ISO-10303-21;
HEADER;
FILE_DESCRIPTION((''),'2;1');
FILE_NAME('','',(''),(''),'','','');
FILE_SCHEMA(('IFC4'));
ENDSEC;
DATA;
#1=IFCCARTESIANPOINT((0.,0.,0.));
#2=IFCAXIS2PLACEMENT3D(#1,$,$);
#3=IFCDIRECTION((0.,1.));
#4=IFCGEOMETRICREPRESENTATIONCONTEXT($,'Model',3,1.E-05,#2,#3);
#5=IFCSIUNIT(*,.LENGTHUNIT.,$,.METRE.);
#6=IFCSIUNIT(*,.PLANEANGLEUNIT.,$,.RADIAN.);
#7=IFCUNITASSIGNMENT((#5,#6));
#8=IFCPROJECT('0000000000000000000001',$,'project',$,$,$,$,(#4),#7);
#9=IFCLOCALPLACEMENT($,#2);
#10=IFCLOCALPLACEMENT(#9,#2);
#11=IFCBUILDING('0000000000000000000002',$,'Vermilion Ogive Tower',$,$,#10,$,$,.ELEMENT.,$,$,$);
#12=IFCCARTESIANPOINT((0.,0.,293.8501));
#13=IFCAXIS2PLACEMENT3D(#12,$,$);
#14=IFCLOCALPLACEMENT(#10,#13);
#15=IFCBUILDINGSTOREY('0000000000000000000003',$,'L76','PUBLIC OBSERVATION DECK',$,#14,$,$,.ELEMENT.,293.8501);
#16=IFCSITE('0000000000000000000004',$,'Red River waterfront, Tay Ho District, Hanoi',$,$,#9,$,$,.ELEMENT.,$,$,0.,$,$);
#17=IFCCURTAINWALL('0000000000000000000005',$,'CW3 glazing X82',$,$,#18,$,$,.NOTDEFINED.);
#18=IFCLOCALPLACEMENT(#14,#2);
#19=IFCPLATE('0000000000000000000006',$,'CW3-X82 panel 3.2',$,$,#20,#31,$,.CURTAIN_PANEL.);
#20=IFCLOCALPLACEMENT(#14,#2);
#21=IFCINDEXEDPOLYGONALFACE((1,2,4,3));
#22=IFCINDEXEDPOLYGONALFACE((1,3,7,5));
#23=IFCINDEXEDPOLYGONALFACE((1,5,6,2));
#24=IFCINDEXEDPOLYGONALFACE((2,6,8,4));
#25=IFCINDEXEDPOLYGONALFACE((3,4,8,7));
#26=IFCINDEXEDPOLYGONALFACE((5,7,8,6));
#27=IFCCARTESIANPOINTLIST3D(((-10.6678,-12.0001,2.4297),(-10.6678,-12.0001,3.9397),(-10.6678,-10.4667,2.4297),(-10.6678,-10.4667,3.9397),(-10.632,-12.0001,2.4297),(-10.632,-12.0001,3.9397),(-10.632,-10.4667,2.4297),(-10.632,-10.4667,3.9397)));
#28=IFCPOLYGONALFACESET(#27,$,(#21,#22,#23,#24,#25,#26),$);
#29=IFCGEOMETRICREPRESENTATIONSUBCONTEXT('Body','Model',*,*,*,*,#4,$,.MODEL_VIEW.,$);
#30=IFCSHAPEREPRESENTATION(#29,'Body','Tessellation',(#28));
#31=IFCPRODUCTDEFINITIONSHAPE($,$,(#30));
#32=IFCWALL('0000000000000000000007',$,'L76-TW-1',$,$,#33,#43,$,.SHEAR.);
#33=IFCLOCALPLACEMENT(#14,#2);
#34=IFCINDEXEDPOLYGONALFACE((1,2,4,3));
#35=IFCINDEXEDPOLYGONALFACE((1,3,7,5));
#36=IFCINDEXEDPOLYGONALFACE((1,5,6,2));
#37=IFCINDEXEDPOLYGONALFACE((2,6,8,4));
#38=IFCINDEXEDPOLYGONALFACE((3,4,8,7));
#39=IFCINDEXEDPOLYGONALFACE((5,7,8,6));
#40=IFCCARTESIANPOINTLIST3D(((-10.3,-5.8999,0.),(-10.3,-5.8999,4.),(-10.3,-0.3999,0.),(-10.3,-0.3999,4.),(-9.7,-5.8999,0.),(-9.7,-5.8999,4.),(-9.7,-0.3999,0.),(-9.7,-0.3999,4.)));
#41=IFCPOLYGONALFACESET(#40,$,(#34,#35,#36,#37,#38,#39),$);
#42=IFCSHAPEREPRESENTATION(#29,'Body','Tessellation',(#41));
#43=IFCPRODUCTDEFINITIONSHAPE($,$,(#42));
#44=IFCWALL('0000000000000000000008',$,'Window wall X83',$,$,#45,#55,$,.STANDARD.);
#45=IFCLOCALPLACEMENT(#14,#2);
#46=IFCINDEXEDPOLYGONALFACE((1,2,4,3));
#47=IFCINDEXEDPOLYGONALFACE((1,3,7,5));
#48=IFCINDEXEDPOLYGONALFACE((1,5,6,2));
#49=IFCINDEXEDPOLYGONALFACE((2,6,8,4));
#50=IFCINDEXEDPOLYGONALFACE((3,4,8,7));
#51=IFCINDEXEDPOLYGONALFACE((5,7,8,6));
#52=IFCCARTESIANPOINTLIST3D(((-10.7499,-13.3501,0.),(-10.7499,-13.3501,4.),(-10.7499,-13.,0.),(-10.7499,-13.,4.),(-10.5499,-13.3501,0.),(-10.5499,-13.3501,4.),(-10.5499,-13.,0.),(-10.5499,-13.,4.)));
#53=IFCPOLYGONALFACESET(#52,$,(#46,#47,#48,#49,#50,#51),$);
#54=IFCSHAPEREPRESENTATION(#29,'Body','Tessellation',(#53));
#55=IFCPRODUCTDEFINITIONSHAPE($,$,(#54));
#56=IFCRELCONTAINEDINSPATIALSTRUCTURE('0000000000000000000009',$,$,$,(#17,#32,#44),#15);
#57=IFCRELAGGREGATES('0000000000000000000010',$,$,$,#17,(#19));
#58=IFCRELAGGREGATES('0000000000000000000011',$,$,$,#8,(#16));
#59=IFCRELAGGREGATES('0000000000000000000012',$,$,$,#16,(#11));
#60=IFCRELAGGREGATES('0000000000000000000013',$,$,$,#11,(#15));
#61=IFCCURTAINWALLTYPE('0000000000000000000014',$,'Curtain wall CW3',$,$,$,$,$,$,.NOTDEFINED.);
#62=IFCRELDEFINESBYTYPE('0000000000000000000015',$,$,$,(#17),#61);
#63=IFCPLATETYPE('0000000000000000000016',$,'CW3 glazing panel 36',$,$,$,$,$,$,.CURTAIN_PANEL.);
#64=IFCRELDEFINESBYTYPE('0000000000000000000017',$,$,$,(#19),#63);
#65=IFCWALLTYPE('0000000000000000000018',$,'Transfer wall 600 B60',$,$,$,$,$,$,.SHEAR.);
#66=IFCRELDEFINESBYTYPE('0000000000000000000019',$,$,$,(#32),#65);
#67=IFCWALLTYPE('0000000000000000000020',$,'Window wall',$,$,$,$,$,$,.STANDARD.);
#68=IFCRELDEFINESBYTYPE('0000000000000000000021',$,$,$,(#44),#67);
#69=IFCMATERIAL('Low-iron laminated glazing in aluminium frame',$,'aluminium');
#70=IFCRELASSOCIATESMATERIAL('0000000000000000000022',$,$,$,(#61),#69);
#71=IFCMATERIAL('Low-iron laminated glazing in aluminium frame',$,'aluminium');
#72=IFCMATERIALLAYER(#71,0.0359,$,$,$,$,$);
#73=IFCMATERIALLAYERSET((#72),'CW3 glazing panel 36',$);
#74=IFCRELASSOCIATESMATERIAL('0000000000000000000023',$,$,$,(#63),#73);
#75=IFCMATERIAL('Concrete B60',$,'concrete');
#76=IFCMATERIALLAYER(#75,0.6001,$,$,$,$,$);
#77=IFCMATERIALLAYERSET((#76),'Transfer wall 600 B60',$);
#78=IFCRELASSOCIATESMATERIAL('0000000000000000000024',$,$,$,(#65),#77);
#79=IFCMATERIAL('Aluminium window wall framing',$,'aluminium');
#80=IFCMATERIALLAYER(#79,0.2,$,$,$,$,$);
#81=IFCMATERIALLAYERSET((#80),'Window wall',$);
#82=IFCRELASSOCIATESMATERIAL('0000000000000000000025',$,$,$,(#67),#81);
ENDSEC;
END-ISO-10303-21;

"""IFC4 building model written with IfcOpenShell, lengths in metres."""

from ifc_helpers import new_model, si_unit, direction, frame, frame_2d, origin, origin_2d, place, context, subcontext, project, spatial, rectangle, extrude, material, layer, layer_set, type_object, element, aggregate, save


model = new_model("IFC4")

# Units and contexts
model_context = context("Model", 3, precision=1e-05, world=origin(), true_north=direction((0.0, 1.0)))
body_context = subcontext(model_context, "Body", "Model", "MODEL_VIEW")
ifc_project = project(units=[si_unit("LENGTHUNIT", "METRE"), si_unit("PLANEANGLEUNIT", "RADIAN")], contexts=[model_context])

# Site, building, storey
site_placement = place(None, origin())
site = spatial("IfcSite", under=ifc_project, at=site_placement, Name="Red River waterfront, Tay Ho District, Hanoi", CompositionType="ELEMENT", RefElevation=0.0)
building_placement = place(site_placement, origin())
building = spatial("IfcBuilding", under=site, at=building_placement, Name="Vermilion Ogive Tower", CompositionType="ELEMENT")
storey_placement = place(building_placement, frame((0.0, 0.0, 293.8501)))
storey = spatial("IfcBuildingStorey", under=building, at=storey_placement, Name="L76", Description="PUBLIC OBSERVATION DECK", CompositionType="ELEMENT", Elevation=293.8501)

# Curtain wall
ifc_material_1 = material(Name="Low-iron laminated glazing in aluminium frame", Category="aluminium")
curtain_wall_type = type_object("IfcCurtainWallType", Name="Curtain wall CW3", PredefinedType="NOTDEFINED", material=ifc_material_1)
curtain_wall_1_placement = place(storey_placement, origin())
curtain_wall_1 = element("IfcCurtainWall", 1, at=curtain_wall_1_placement, inside=storey, type_object=curtain_wall_type, Name="CW3 glazing X82", PredefinedType="NOTDEFINED")

# Plate
ifc_material_2 = material(Name="Low-iron laminated glazing in aluminium frame", Category="aluminium")
ifc_layer_1 = layer(ifc_material_2, 0.0359)
ifc_layer_set_1 = layer_set([ifc_layer_1], Name="CW3 glazing panel 36")
plate_type = type_object("IfcPlateType", Name="CW3 glazing panel 36", PredefinedType="CURTAIN_PANEL", material=ifc_layer_set_1)
plate_1_placement = place(storey_placement, frame((-10.6499, -11.2334, 2.4297), z_axis=(0.0, 0.0, 1.0), x_axis=(0.0, -1.0, 0.0)))
plate_1 = element("IfcPlate", 2, at=plate_1_placement, type_object=plate_type, Name="CW3-X82 panel 3.2", PredefinedType="CURTAIN_PANEL", context=body_context, shape_type="SweptSolid", body=[
    extrude(rectangle(XDim=1.5334, YDim=0.0359, at=origin_2d()), origin(), (0.0, 0.0, 1.0), 1.51),
])
aggregate(curtain_wall_1, [plate_1])

# Walls
ifc_material_3 = material(Name="Concrete B60", Category="concrete")
ifc_layer_2 = layer(ifc_material_3, 0.6001)
ifc_layer_set_2 = layer_set([ifc_layer_2], Name="Transfer wall 600 B60")
wall_type_1 = type_object("IfcWallType", Name="Transfer wall 600 B60", PredefinedType="SHEAR", material=ifc_layer_set_2)
wall_1_placement = place(storey_placement, frame((-10.0, -5.8999, 0.0), z_axis=(0.0, 0.0, 1.0), x_axis=(0.0, 1.0, 0.0)))
element("IfcWall", 3, at=wall_1_placement, inside=storey, type_object=wall_type_1, Name="L76-TW-1", PredefinedType="SHEAR", context=body_context, shape_type="SweptSolid", body=[
    extrude(rectangle(XDim=5.5, YDim=0.6001, at=frame_2d((2.75, 0.0))), origin(), (0.0, 0.0, 1.0), 4.0),
])
ifc_material_4 = material(Name="Aluminium window wall framing", Category="aluminium")
ifc_layer_3 = layer(ifc_material_4, 0.2)
ifc_layer_set_3 = layer_set([ifc_layer_3], Name="Window wall")
wall_type_2 = type_object("IfcWallType", Name="Window wall", PredefinedType="STANDARD", material=ifc_layer_set_3)
wall_2_placement = place(storey_placement, frame((-10.6499, -13.0, 0.0), z_axis=(0.0, 0.0, 1.0), x_axis=(0.0, -1.0, 0.0)))
element("IfcWall", 4, at=wall_2_placement, inside=storey, type_object=wall_type_2, Name="Window wall X83", PredefinedType="STANDARD", context=body_context, shape_type="SweptSolid", body=[
    extrude(rectangle(XDim=0.3501, YDim=0.2, at=frame_2d((0.175, 0.0))), origin(), (0.0, 0.0, 1.0), 4.0),
])

save(model, "model.ifc")
